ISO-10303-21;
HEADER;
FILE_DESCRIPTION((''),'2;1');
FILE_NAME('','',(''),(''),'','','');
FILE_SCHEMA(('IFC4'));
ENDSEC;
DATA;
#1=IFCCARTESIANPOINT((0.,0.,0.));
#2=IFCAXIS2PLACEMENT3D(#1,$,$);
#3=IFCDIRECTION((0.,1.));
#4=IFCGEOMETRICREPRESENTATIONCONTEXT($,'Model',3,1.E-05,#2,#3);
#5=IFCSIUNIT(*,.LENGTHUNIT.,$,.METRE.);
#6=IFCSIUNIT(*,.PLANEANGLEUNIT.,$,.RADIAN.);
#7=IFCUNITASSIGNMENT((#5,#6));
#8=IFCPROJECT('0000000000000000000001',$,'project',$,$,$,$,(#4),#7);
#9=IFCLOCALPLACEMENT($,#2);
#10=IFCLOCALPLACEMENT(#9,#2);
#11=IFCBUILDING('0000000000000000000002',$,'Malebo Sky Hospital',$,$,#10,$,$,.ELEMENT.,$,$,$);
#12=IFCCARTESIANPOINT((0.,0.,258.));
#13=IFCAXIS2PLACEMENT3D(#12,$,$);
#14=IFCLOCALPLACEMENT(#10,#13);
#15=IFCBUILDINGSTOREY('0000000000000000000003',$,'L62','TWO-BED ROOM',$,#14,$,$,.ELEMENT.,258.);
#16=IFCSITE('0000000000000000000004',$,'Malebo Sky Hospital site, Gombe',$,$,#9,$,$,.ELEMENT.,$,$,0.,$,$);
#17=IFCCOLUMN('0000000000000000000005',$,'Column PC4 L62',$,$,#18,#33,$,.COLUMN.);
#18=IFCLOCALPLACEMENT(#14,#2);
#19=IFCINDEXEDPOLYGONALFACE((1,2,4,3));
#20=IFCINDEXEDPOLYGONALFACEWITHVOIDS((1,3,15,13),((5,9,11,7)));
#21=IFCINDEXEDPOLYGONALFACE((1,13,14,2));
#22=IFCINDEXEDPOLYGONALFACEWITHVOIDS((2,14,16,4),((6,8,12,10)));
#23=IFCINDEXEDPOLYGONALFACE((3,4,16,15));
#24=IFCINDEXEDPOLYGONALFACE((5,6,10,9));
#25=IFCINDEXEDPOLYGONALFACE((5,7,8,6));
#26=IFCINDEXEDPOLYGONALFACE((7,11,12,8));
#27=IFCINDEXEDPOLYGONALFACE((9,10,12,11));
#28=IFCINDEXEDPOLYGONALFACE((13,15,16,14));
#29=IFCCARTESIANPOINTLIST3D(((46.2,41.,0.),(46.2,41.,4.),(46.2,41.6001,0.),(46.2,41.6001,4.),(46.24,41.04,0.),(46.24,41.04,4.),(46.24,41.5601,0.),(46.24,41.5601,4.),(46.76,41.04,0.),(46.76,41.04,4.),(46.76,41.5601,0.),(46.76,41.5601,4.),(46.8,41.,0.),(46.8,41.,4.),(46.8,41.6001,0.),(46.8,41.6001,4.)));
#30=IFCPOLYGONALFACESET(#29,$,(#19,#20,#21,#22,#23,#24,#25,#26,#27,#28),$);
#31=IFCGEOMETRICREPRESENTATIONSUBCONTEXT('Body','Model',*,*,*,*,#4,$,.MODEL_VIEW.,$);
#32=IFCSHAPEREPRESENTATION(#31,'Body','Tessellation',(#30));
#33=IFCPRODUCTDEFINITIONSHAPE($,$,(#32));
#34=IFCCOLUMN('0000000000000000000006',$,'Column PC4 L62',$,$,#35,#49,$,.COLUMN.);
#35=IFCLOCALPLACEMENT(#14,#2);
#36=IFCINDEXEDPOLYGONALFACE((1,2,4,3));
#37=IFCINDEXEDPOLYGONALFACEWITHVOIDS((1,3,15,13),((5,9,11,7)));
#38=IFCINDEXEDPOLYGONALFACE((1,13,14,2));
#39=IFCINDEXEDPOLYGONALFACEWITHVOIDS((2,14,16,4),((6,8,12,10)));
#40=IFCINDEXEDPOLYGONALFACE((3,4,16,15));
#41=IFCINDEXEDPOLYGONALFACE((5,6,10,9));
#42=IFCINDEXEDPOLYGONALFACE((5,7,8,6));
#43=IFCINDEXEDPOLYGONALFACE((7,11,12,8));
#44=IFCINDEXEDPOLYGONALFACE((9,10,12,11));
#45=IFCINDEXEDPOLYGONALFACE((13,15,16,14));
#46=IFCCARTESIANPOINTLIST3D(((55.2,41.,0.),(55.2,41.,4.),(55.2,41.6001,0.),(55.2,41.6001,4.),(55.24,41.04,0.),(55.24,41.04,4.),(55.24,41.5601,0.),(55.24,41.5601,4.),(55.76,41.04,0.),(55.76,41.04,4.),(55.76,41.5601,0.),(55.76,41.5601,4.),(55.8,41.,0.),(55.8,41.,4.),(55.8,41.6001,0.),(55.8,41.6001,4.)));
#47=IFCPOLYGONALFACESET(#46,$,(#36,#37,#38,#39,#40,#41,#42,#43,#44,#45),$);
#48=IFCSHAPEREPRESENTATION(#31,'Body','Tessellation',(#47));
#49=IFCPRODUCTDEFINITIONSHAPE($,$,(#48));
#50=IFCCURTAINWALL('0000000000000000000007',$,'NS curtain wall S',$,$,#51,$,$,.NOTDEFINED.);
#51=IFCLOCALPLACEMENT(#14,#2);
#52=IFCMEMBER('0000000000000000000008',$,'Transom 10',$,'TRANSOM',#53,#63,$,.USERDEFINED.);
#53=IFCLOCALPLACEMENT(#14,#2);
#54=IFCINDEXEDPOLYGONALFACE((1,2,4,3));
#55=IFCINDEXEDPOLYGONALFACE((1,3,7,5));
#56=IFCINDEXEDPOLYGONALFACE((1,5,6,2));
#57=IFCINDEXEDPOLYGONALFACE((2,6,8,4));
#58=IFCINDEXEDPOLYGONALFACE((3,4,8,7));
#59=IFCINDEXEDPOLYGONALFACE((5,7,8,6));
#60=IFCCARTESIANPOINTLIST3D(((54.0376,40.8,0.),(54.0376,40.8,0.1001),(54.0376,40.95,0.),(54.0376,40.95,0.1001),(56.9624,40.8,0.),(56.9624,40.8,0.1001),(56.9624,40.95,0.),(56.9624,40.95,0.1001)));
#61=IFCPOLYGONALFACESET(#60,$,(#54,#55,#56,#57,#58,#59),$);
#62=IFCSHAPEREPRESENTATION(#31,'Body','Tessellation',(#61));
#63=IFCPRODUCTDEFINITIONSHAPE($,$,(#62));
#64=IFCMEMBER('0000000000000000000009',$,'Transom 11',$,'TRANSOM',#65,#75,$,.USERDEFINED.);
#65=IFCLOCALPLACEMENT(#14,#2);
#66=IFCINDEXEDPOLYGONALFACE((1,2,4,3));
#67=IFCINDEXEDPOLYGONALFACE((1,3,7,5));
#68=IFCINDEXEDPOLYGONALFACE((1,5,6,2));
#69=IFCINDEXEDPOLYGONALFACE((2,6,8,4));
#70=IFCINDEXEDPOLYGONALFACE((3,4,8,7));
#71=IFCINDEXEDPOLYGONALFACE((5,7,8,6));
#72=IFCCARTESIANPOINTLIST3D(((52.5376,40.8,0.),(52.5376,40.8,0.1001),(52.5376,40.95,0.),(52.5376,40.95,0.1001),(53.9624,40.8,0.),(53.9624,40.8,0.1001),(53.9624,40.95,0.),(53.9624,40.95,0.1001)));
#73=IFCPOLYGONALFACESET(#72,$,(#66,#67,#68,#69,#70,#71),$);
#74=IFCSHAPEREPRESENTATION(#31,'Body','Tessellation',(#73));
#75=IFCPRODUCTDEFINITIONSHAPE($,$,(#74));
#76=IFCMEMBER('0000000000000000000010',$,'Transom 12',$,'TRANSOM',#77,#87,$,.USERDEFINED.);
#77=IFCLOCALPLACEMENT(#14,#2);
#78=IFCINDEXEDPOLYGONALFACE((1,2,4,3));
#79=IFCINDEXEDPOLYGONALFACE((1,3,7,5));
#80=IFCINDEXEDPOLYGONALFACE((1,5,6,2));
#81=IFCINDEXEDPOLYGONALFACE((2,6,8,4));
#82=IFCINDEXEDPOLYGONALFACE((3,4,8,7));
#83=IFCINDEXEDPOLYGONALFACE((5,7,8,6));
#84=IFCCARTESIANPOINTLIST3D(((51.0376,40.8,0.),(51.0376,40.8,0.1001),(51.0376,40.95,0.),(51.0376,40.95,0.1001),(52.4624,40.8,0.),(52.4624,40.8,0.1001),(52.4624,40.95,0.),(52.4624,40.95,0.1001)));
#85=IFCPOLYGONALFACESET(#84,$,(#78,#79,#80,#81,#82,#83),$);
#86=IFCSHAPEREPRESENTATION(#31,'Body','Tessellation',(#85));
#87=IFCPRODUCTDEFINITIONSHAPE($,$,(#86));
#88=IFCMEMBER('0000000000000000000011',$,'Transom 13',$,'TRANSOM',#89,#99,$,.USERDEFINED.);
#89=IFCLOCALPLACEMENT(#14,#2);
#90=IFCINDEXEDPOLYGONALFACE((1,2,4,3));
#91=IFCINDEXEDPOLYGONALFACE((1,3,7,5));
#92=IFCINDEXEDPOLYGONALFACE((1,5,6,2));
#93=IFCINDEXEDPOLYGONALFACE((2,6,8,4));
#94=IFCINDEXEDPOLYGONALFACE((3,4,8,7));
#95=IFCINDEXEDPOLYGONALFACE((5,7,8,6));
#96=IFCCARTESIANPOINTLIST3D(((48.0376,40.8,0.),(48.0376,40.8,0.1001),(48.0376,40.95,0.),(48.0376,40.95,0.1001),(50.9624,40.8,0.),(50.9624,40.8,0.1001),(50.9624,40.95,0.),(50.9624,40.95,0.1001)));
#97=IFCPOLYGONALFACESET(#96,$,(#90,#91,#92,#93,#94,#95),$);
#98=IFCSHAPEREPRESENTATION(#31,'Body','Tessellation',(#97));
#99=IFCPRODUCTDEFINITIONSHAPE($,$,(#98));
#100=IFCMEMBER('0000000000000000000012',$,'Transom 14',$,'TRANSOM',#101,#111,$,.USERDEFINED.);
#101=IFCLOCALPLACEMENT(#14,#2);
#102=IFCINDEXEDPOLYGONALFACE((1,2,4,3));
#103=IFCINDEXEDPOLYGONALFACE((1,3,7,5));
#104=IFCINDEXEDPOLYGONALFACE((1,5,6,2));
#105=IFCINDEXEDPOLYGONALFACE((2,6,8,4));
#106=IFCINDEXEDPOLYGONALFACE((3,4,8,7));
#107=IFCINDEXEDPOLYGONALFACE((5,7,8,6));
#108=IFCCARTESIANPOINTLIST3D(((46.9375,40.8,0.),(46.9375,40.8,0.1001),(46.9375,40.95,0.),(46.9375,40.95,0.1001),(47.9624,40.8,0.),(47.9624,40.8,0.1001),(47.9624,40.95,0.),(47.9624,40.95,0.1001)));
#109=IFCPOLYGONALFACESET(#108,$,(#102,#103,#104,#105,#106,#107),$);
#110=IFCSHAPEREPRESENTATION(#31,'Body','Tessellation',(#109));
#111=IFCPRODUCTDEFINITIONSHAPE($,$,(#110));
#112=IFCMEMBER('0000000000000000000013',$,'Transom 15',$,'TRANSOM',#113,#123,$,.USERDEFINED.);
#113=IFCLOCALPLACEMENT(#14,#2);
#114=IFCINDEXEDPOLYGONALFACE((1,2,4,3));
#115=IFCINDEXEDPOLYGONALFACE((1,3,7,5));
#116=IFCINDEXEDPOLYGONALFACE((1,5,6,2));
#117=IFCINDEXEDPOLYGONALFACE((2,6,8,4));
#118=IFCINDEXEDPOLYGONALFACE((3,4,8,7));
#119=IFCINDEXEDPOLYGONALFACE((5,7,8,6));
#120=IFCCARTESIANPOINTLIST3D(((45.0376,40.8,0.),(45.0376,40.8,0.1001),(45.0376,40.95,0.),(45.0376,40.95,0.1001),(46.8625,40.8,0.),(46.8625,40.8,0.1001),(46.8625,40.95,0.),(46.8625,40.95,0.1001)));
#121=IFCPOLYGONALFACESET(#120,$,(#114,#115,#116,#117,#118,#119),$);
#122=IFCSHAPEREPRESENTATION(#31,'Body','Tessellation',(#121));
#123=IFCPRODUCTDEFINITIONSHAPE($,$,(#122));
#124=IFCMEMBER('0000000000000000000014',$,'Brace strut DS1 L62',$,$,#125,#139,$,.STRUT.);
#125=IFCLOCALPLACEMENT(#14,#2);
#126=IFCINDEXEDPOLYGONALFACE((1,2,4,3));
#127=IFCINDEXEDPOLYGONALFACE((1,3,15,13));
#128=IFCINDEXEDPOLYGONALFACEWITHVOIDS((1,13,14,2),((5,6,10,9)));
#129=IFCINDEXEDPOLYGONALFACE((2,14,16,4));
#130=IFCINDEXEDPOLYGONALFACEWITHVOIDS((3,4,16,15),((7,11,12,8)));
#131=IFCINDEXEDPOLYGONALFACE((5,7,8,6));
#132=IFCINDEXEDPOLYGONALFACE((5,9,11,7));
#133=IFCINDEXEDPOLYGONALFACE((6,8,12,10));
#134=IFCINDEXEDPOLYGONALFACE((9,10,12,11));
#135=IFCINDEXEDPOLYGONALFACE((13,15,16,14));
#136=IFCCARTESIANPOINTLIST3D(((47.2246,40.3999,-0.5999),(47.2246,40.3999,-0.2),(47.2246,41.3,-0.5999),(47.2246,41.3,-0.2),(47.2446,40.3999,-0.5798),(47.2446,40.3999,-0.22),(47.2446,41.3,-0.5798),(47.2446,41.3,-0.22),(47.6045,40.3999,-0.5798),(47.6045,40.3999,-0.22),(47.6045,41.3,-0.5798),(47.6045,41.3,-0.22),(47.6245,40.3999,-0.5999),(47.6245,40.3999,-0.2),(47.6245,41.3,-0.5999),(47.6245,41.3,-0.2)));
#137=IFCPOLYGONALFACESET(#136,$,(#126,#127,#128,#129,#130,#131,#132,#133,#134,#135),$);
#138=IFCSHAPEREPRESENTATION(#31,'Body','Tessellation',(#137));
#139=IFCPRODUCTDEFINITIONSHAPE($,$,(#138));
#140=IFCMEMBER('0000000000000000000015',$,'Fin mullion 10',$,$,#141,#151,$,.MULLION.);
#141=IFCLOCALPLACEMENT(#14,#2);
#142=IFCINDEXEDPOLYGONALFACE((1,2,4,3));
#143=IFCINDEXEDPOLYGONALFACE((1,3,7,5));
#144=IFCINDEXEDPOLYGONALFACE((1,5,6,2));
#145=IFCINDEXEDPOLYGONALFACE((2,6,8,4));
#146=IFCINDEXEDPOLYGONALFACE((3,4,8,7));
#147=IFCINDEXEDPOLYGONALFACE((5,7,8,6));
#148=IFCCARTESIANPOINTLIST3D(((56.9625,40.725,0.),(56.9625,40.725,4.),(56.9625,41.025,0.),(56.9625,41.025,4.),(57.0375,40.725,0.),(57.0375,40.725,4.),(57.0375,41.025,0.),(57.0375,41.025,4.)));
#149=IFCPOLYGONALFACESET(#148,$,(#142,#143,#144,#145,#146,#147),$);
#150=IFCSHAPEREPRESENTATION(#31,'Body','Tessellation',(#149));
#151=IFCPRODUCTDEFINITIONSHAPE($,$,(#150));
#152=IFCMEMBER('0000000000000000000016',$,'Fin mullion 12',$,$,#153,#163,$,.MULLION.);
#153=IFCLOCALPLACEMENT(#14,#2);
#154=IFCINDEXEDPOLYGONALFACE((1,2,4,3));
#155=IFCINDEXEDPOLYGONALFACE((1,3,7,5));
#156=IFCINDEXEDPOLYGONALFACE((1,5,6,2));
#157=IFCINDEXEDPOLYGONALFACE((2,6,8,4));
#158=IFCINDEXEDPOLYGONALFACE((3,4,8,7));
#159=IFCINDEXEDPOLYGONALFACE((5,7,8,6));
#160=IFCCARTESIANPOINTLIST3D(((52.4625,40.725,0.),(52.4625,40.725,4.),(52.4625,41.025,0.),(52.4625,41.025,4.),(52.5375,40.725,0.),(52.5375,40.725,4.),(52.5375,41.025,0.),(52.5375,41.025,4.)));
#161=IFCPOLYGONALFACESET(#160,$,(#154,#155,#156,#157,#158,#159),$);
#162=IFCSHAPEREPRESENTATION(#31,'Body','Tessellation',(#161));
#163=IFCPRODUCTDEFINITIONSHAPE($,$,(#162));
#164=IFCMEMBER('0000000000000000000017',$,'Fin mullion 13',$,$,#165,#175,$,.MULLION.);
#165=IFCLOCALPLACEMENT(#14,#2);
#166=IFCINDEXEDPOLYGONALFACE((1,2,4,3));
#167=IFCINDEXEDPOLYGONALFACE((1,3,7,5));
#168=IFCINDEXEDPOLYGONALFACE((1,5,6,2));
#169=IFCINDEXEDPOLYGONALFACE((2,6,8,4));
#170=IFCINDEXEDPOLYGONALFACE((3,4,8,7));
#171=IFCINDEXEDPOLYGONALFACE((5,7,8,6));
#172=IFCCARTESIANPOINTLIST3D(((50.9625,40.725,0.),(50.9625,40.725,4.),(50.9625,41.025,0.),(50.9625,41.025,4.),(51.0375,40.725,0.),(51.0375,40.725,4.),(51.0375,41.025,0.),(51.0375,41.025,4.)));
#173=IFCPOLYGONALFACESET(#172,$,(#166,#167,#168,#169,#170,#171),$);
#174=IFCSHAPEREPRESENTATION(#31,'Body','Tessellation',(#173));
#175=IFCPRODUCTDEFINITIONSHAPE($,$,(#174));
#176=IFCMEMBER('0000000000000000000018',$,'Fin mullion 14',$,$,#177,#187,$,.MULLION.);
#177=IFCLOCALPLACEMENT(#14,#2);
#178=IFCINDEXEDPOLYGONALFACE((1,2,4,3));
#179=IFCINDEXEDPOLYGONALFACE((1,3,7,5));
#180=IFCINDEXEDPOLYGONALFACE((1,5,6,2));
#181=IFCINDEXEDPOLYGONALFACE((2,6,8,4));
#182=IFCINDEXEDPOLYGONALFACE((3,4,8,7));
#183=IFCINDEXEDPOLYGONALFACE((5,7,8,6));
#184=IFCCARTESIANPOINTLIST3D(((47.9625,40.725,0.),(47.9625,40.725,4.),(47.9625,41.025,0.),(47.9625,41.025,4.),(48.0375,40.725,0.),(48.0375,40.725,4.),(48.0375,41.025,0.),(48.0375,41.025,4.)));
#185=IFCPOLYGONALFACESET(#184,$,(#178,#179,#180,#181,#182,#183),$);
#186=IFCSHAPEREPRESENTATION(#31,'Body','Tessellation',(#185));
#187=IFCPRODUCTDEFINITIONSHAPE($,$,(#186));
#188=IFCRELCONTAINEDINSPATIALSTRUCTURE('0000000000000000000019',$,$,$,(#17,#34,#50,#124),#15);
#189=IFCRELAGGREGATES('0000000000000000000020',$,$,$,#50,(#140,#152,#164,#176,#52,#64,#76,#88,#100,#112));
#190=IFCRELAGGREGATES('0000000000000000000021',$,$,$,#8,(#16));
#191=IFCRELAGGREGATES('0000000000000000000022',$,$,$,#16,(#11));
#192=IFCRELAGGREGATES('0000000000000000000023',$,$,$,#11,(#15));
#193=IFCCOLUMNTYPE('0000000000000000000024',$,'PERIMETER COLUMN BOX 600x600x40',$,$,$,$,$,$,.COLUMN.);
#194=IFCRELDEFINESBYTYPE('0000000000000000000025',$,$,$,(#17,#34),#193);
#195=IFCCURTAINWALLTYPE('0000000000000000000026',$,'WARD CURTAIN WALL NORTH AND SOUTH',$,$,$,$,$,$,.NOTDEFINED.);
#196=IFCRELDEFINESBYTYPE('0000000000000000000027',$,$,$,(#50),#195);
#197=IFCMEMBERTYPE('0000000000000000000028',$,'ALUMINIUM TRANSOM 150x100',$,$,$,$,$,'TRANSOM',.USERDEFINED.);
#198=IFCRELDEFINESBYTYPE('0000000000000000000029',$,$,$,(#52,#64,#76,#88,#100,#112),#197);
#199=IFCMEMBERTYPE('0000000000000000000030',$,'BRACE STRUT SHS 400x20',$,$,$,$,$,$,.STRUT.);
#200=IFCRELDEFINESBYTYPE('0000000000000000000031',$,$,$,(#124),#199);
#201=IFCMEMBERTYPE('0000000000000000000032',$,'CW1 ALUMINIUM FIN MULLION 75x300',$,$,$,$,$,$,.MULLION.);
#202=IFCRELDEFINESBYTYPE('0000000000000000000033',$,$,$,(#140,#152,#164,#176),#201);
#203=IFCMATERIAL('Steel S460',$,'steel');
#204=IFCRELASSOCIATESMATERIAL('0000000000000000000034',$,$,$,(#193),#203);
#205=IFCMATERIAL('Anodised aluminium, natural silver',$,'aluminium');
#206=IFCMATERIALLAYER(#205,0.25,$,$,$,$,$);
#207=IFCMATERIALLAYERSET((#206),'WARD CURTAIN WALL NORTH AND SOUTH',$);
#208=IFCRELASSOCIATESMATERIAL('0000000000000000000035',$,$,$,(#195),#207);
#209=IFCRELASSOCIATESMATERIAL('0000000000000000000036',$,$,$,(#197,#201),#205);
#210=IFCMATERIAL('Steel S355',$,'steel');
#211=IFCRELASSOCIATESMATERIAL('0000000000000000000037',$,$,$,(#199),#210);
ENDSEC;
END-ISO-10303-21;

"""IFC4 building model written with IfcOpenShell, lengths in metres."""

from ifc_helpers import new_model, si_unit, direction, frame, origin, origin_2d, place, context, subcontext, project, spatial, rectangle, hollow_rectangle, extrude, material, layer, layer_set, material_profile, profile_set, type_object, element, aggregate, save


model = new_model("IFC4")

# Units and contexts
model_context = context("Model", 3, precision=1e-05, world=origin(), true_north=direction((0.0, 1.0)))
body_context = subcontext(model_context, "Body", "Model", "MODEL_VIEW")
ifc_project = project(units=[si_unit("LENGTHUNIT", "METRE"), si_unit("PLANEANGLEUNIT", "RADIAN")], contexts=[model_context])

# Site, building, storey
site_placement = place(None, origin())
site = spatial("IfcSite", under=ifc_project, at=site_placement, Name="Malebo Sky Hospital site, Gombe", CompositionType="ELEMENT", RefElevation=0.0)
building_placement = place(site_placement, origin())
building = spatial("IfcBuilding", under=site, at=building_placement, Name="Malebo Sky Hospital", CompositionType="ELEMENT")
storey_placement = place(building_placement, frame((0.0, 0.0, 258.0)))
storey = spatial("IfcBuildingStorey", under=building, at=storey_placement, Name="L62", Description="TWO-BED ROOM", CompositionType="ELEMENT", Elevation=258.0)

# Columns
ifc_material_1 = material(Name="Steel S460", Category="steel")
ifc_material_profile_1 = material_profile(ifc_material_1, hollow_rectangle(XDim=0.6001, YDim=0.6001, WallThickness=0.04, at=origin_2d()), Name="BOX 600x600x40")
ifc_profile_set_1 = profile_set([ifc_material_profile_1], Name="Steel S460")
column_type = type_object("IfcColumnType", Name="PERIMETER COLUMN BOX 600x600x40", PredefinedType="COLUMN", material=ifc_profile_set_1)
for number, where, z_axis, x_axis, name in (
    (1, (46.5, 41.3, 0.0), (0.0, 0.0, 1.0), (1.0, 0.0, 0.0), "Column PC4 L62"),
    (2, (55.5, 41.3, 0.0), (0.0, 0.0, 1.0), (1.0, 0.0, 0.0), "Column PC4 L62"),
):
    element("IfcColumn", number, at=place(storey_placement, frame(where, z_axis=z_axis, x_axis=x_axis)), inside=storey, type_object=column_type, Name=name, PredefinedType="COLUMN", context=body_context, shape_type="SweptSolid", body=[
        extrude(hollow_rectangle(XDim=0.6001, YDim=0.6001, WallThickness=0.04, at=origin_2d()), origin(), (0.0, 0.0, 1.0), 4.0),
    ])

# Curtain wall, members
ifc_material_2 = material(Name="Anodised aluminium, natural silver", Category="aluminium")
ifc_layer_1 = layer(ifc_material_2, 0.25)
ifc_layer_set_1 = layer_set([ifc_layer_1], Name="WARD CURTAIN WALL NORTH AND SOUTH")
curtain_wall_type = type_object("IfcCurtainWallType", Name="WARD CURTAIN WALL NORTH AND SOUTH", PredefinedType="NOTDEFINED", material=ifc_layer_set_1)
curtain_wall_placement = place(storey_placement, origin())
curtain_wall = element("IfcCurtainWall", 3, at=curtain_wall_placement, inside=storey, type_object=curtain_wall_type, Name="NS curtain wall S", PredefinedType="NOTDEFINED")
ifc_material_profile_2 = material_profile(ifc_material_2, rectangle(XDim=0.1499, YDim=0.1001, at=origin_2d()), Name="ALUMINIUM TRANSOM 150x100")
ifc_profile_set_2 = profile_set([ifc_material_profile_2], Name="Anodised aluminium, natural silver")
member_type_1 = type_object("IfcMemberType", Name="ALUMINIUM TRANSOM 150x100", ElementType="TRANSOM", PredefinedType="USERDEFINED", material=ifc_profile_set_2)
member_1_placement = place(storey_placement, frame((56.9624, 40.875, 0.05), z_axis=(-1.0, 0.0, 0.0), x_axis=(0.0, -1.0, 0.0)))
member_1 = element("IfcMember", 4, at=member_1_placement, type_object=member_type_1, Name="Transom 10", ObjectType="TRANSOM", PredefinedType="USERDEFINED", context=body_context, shape_type="SweptSolid", body=[
    extrude(rectangle(XDim=0.1499, YDim=0.1001, at=origin_2d()), origin(), (0.0, 0.0, 1.0), 2.9248),
])
member_2_placement = place(storey_placement, frame((53.9624, 40.875, 0.05), z_axis=(-1.0, 0.0, 0.0), x_axis=(0.0, -1.0, 0.0)))
member_2 = element("IfcMember", 5, at=member_2_placement, type_object=member_type_1, Name="Transom 11", ObjectType="TRANSOM", PredefinedType="USERDEFINED", context=body_context, shape_type="SweptSolid", body=[
    extrude(rectangle(XDim=0.1499, YDim=0.1001, at=origin_2d()), origin(), (0.0, 0.0, 1.0), 1.4248),
])
member_3_placement = place(storey_placement, frame((52.4624, 40.875, 0.05), z_axis=(-1.0, 0.0, 0.0), x_axis=(0.0, -1.0, 0.0)))
member_3 = element("IfcMember", 6, at=member_3_placement, type_object=member_type_1, Name="Transom 12", ObjectType="TRANSOM", PredefinedType="USERDEFINED", context=body_context, shape_type="SweptSolid", body=[
    extrude(rectangle(XDim=0.1499, YDim=0.1001, at=origin_2d()), origin(), (0.0, 0.0, 1.0), 1.4248),
])
member_4_placement = place(storey_placement, frame((50.9624, 40.875, 0.05), z_axis=(-1.0, 0.0, 0.0), x_axis=(0.0, -1.0, 0.0)))
member_4 = element("IfcMember", 7, at=member_4_placement, type_object=member_type_1, Name="Transom 13", ObjectType="TRANSOM", PredefinedType="USERDEFINED", context=body_context, shape_type="SweptSolid", body=[
    extrude(rectangle(XDim=0.1499, YDim=0.1001, at=origin_2d()), origin(), (0.0, 0.0, 1.0), 2.9248),
])
member_5_placement = place(storey_placement, frame((47.9624, 40.875, 0.05), z_axis=(-1.0, 0.0, 0.0), x_axis=(0.0, -1.0, 0.0)))
member_5 = element("IfcMember", 8, at=member_5_placement, type_object=member_type_1, Name="Transom 14", ObjectType="TRANSOM", PredefinedType="USERDEFINED", context=body_context, shape_type="SweptSolid", body=[
    extrude(rectangle(XDim=0.1499, YDim=0.1001, at=origin_2d()), origin(), (0.0, 0.0, 1.0), 1.0249),
])
member_6_placement = place(storey_placement, frame((46.8625, 40.875, 0.05), z_axis=(-1.0, 0.0, 0.0), x_axis=(0.0, -1.0, 0.0)))
member_6 = element("IfcMember", 9, at=member_6_placement, type_object=member_type_1, Name="Transom 15", ObjectType="TRANSOM", PredefinedType="USERDEFINED", context=body_context, shape_type="SweptSolid", body=[
    extrude(rectangle(XDim=0.1499, YDim=0.1001, at=origin_2d()), origin(), (0.0, 0.0, 1.0), 1.825),
])

# Members
ifc_material_3 = material(Name="Steel S355", Category="steel")
ifc_material_profile_3 = material_profile(ifc_material_3, hollow_rectangle(XDim=0.3999, YDim=0.3999, WallThickness=0.02, at=origin_2d()), Name="SHS 400x20")
ifc_profile_set_3 = profile_set([ifc_material_profile_3], Name="Steel S355")
member_type_2 = type_object("IfcMemberType", Name="BRACE STRUT SHS 400x20", PredefinedType="STRUT", material=ifc_profile_set_3)
member_7_placement = place(storey_placement, frame((47.4246, 40.3999, -0.3999), z_axis=(0.0, 1.0, 0.0), x_axis=(-1.0, 0.0, 0.0)))
element("IfcMember", 10, at=member_7_placement, inside=storey, type_object=member_type_2, Name="Brace strut DS1 L62", PredefinedType="STRUT", context=body_context, shape_type="SweptSolid", body=[
    extrude(hollow_rectangle(XDim=0.3999, YDim=0.3999, WallThickness=0.02, at=origin_2d()), origin(), (0.0, 0.0, 1.0), 0.9001),
])
ifc_material_profile_4 = material_profile(ifc_material_2, rectangle(XDim=0.075, YDim=0.3, at=origin_2d()), Name="CW1 ALUMINIUM FIN MULLION 75x300")
ifc_profile_set_4 = profile_set([ifc_material_profile_4], Name="Anodised aluminium, natural silver")
member_type_3 = type_object("IfcMemberType", Name="CW1 ALUMINIUM FIN MULLION 75x300", PredefinedType="MULLION", material=ifc_profile_set_4)
member_8_placement = place(storey_placement, frame((57.0, 40.875, 0.0), z_axis=(0.0, 0.0, 1.0), x_axis=(-1.0, 0.0, 0.0)))
member_8 = element("IfcMember", 11, at=member_8_placement, type_object=member_type_3, Name="Fin mullion 10", PredefinedType="MULLION", context=body_context, shape_type="SweptSolid", body=[
    extrude(rectangle(XDim=0.075, YDim=0.3, at=origin_2d()), origin(), (0.0, 0.0, 1.0), 4.0),
])
member_9_placement = place(storey_placement, frame((52.5, 40.875, 0.0), z_axis=(0.0, 0.0, 1.0), x_axis=(-1.0, 0.0, 0.0)))
member_9 = element("IfcMember", 12, at=member_9_placement, type_object=member_type_3, Name="Fin mullion 12", PredefinedType="MULLION", context=body_context, shape_type="SweptSolid", body=[
    extrude(rectangle(XDim=0.075, YDim=0.3, at=origin_2d()), origin(), (0.0, 0.0, 1.0), 4.0),
])
member_10_placement = place(storey_placement, frame((51.0, 40.875, 0.0), z_axis=(0.0, 0.0, 1.0), x_axis=(-1.0, 0.0, 0.0)))
member_10 = element("IfcMember", 13, at=member_10_placement, type_object=member_type_3, Name="Fin mullion 13", PredefinedType="MULLION", context=body_context, shape_type="SweptSolid", body=[
    extrude(rectangle(XDim=0.075, YDim=0.3, at=origin_2d()), origin(), (0.0, 0.0, 1.0), 4.0),
])
member_11_placement = place(storey_placement, frame((48.0, 40.875, 0.0), z_axis=(0.0, 0.0, 1.0), x_axis=(-1.0, 0.0, 0.0)))
member_11 = element("IfcMember", 14, at=member_11_placement, type_object=member_type_3, Name="Fin mullion 14", PredefinedType="MULLION", context=body_context, shape_type="SweptSolid", body=[
    extrude(rectangle(XDim=0.075, YDim=0.3, at=origin_2d()), origin(), (0.0, 0.0, 1.0), 4.0),
])

aggregate(curtain_wall, [member_8, member_9, member_10, member_11, member_1, member_2, member_3, member_4, member_5, member_6])

save(model, "model.ifc")
